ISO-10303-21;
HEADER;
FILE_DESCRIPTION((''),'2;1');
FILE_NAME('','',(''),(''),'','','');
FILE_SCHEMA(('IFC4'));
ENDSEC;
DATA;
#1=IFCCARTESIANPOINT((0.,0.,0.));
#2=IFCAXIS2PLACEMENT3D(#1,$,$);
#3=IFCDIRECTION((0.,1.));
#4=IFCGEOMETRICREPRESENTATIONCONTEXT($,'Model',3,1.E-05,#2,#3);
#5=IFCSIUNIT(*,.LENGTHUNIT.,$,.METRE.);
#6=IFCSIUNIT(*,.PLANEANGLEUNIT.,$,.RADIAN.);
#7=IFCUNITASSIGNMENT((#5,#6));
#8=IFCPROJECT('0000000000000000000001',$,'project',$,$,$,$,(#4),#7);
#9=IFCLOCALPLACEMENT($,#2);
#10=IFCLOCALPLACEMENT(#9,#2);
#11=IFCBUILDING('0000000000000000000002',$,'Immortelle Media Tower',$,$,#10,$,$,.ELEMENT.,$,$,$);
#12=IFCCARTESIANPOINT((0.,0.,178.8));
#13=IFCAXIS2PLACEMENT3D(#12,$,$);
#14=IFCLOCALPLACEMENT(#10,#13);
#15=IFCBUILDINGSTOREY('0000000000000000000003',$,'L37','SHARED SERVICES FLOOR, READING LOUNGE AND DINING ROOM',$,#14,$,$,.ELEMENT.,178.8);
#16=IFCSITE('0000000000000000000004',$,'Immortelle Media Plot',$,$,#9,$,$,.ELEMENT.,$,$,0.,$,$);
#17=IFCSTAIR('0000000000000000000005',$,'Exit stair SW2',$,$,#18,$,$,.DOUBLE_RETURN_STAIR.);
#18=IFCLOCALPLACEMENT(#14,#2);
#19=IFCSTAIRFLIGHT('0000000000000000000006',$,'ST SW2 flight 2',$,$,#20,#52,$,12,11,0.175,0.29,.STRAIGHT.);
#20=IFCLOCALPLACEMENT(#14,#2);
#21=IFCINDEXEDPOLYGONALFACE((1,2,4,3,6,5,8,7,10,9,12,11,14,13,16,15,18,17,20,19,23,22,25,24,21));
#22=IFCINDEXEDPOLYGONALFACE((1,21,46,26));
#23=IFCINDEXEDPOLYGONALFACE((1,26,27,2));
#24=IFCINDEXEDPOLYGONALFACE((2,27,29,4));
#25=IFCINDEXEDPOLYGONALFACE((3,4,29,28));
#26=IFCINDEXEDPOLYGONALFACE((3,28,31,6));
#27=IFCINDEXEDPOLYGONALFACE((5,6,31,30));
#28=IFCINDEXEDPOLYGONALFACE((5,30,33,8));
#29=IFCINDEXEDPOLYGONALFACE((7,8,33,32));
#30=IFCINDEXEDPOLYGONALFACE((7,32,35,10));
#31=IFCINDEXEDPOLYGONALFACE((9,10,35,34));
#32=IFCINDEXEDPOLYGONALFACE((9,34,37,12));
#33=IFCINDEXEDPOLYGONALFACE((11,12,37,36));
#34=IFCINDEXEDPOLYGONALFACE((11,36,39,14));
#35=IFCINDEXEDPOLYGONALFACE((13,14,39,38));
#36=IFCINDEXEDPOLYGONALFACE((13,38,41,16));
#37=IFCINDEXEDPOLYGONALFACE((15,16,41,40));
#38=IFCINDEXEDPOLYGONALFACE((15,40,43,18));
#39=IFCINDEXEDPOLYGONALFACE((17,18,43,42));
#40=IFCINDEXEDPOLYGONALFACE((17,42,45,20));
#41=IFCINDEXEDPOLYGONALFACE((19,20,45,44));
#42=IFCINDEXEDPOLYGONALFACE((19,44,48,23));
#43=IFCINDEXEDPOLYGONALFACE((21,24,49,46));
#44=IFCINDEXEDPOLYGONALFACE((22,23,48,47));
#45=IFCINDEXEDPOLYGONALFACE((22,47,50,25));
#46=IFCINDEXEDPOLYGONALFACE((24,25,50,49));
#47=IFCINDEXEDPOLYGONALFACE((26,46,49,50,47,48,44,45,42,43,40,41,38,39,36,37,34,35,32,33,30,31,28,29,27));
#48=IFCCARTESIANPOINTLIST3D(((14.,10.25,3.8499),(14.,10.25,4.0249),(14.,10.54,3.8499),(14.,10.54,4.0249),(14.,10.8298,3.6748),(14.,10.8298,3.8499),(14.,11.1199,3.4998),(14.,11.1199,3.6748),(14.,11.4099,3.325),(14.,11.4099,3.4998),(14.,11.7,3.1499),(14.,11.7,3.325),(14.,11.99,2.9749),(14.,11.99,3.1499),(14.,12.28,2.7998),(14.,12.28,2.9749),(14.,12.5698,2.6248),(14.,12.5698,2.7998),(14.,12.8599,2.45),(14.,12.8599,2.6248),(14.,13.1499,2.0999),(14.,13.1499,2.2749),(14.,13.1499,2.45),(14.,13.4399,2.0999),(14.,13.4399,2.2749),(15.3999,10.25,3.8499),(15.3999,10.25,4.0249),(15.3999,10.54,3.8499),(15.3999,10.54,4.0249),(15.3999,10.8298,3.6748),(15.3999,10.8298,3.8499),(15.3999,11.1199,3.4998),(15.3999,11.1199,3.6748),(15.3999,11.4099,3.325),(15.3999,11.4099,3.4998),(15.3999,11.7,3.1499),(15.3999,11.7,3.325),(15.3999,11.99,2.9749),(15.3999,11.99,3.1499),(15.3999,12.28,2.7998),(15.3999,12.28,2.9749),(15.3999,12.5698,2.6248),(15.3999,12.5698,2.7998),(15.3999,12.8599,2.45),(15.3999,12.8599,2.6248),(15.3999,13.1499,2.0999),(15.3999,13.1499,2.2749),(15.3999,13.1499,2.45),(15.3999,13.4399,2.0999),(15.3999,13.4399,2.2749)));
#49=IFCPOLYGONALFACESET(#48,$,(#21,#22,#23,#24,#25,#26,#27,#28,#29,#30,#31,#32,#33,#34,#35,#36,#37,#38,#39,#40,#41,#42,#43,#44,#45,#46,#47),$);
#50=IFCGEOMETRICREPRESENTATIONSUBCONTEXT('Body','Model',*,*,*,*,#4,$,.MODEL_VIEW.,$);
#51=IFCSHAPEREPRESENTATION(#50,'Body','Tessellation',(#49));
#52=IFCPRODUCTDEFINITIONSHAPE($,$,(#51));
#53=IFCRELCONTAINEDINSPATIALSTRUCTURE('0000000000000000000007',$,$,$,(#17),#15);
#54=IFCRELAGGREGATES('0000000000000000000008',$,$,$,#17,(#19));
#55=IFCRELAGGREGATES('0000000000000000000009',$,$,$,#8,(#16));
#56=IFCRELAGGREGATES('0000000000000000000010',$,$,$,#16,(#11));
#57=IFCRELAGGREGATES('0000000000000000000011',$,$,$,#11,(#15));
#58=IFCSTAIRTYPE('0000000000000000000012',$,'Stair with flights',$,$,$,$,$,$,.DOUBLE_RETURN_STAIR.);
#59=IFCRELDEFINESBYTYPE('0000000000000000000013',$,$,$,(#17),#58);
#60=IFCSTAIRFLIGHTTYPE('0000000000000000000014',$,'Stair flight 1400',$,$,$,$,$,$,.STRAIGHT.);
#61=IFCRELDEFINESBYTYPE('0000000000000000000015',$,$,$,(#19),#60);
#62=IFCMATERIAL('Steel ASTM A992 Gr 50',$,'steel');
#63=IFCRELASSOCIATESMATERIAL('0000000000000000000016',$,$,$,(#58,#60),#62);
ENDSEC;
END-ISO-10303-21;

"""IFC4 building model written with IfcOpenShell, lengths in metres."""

from ifc_helpers import new_model, si_unit, direction, frame, origin, place, context, subcontext, project, spatial, polyline, outline, extrude, material, type_object, element, aggregate, save


model = new_model("IFC4")

# Units and contexts
model_context = context("Model", 3, precision=1e-05, world=origin(), true_north=direction((0.0, 1.0)))
body_context = subcontext(model_context, "Body", "Model", "MODEL_VIEW")
ifc_project = project(units=[si_unit("LENGTHUNIT", "METRE"), si_unit("PLANEANGLEUNIT", "RADIAN")], contexts=[model_context])

# Site, building, storey
site_placement = place(None, origin())
site = spatial("IfcSite", under=ifc_project, at=site_placement, Name="Immortelle Media Plot", CompositionType="ELEMENT", RefElevation=0.0)
building_placement = place(site_placement, origin())
building = spatial("IfcBuilding", under=site, at=building_placement, Name="Immortelle Media Tower", CompositionType="ELEMENT")
storey_placement = place(building_placement, frame((0.0, 0.0, 178.8)))
storey = spatial("IfcBuildingStorey", under=building, at=storey_placement, Name="L37", Description="SHARED SERVICES FLOOR, READING LOUNGE AND DINING ROOM", CompositionType="ELEMENT", Elevation=178.8)

# Shared definitions
ifc_material_1 = material(Name="Steel ASTM A992 Gr 50", Category="steel")

# Stair, stair flight
stair_type = type_object("IfcStairType", Name="Stair with flights", PredefinedType="DOUBLE_RETURN_STAIR", material=ifc_material_1)
stair_flight_type = type_object("IfcStairFlightType", Name="Stair flight 1400", PredefinedType="STRAIGHT", material=ifc_material_1)
stair_1_placement = place(storey_placement, origin())
stair_1 = element("IfcStair", 1, at=stair_1_placement, inside=storey, type_object=stair_type, Name="Exit stair SW2", PredefinedType="DOUBLE_RETURN_STAIR")
stair_flight_1_placement = place(storey_placement, frame((14.7, 13.4399, 2.0999), z_axis=(0.0, 0.0, 1.0), x_axis=(0.0, -1.0, 0.0)))
stair_flight_1 = element("IfcStairFlight", 2, at=stair_flight_1_placement, type_object=stair_flight_type, Name="ST SW2 flight 2", NumberOfRisers=12, NumberOfTreads=11, PredefinedType="STRAIGHT", RiserHeight=0.175, TreadLength=0.29, context=body_context, shape_type="SweptSolid", body=[
    extrude(outline(polyline([(0.0, 0.0), (0.0, 0.175), (0.29, 0.175), (0.29, 0.3501), (0.5801, 0.3501), (0.5801, 0.5249), (0.8701, 0.5249), (0.8701, 0.7), (1.1599, 0.7), (1.1599, 0.875), (1.45, 0.875), (1.45, 1.05), (1.74, 1.05), (1.74, 1.2251), (2.03, 1.2251), (2.03, 1.3999), (2.3201, 1.3999), (2.3201, 1.575), (2.6101, 1.575), (2.6101, 1.75), (2.8999, 1.75), (2.8999, 1.925), (3.1899, 1.925), (3.1899, 2.1001), (3.1899, 1.75), (0.29, 0.0), (0.0, 0.0)])), frame((0.0, 0.7, 0.0), z_axis=(0.0, -1.0, 0.0), x_axis=(1.0, 0.0, 0.0)), (0.0, 0.0, 1.0), 1.3999),
])
aggregate(stair_1, [stair_flight_1])

save(model, "model.ifc")
